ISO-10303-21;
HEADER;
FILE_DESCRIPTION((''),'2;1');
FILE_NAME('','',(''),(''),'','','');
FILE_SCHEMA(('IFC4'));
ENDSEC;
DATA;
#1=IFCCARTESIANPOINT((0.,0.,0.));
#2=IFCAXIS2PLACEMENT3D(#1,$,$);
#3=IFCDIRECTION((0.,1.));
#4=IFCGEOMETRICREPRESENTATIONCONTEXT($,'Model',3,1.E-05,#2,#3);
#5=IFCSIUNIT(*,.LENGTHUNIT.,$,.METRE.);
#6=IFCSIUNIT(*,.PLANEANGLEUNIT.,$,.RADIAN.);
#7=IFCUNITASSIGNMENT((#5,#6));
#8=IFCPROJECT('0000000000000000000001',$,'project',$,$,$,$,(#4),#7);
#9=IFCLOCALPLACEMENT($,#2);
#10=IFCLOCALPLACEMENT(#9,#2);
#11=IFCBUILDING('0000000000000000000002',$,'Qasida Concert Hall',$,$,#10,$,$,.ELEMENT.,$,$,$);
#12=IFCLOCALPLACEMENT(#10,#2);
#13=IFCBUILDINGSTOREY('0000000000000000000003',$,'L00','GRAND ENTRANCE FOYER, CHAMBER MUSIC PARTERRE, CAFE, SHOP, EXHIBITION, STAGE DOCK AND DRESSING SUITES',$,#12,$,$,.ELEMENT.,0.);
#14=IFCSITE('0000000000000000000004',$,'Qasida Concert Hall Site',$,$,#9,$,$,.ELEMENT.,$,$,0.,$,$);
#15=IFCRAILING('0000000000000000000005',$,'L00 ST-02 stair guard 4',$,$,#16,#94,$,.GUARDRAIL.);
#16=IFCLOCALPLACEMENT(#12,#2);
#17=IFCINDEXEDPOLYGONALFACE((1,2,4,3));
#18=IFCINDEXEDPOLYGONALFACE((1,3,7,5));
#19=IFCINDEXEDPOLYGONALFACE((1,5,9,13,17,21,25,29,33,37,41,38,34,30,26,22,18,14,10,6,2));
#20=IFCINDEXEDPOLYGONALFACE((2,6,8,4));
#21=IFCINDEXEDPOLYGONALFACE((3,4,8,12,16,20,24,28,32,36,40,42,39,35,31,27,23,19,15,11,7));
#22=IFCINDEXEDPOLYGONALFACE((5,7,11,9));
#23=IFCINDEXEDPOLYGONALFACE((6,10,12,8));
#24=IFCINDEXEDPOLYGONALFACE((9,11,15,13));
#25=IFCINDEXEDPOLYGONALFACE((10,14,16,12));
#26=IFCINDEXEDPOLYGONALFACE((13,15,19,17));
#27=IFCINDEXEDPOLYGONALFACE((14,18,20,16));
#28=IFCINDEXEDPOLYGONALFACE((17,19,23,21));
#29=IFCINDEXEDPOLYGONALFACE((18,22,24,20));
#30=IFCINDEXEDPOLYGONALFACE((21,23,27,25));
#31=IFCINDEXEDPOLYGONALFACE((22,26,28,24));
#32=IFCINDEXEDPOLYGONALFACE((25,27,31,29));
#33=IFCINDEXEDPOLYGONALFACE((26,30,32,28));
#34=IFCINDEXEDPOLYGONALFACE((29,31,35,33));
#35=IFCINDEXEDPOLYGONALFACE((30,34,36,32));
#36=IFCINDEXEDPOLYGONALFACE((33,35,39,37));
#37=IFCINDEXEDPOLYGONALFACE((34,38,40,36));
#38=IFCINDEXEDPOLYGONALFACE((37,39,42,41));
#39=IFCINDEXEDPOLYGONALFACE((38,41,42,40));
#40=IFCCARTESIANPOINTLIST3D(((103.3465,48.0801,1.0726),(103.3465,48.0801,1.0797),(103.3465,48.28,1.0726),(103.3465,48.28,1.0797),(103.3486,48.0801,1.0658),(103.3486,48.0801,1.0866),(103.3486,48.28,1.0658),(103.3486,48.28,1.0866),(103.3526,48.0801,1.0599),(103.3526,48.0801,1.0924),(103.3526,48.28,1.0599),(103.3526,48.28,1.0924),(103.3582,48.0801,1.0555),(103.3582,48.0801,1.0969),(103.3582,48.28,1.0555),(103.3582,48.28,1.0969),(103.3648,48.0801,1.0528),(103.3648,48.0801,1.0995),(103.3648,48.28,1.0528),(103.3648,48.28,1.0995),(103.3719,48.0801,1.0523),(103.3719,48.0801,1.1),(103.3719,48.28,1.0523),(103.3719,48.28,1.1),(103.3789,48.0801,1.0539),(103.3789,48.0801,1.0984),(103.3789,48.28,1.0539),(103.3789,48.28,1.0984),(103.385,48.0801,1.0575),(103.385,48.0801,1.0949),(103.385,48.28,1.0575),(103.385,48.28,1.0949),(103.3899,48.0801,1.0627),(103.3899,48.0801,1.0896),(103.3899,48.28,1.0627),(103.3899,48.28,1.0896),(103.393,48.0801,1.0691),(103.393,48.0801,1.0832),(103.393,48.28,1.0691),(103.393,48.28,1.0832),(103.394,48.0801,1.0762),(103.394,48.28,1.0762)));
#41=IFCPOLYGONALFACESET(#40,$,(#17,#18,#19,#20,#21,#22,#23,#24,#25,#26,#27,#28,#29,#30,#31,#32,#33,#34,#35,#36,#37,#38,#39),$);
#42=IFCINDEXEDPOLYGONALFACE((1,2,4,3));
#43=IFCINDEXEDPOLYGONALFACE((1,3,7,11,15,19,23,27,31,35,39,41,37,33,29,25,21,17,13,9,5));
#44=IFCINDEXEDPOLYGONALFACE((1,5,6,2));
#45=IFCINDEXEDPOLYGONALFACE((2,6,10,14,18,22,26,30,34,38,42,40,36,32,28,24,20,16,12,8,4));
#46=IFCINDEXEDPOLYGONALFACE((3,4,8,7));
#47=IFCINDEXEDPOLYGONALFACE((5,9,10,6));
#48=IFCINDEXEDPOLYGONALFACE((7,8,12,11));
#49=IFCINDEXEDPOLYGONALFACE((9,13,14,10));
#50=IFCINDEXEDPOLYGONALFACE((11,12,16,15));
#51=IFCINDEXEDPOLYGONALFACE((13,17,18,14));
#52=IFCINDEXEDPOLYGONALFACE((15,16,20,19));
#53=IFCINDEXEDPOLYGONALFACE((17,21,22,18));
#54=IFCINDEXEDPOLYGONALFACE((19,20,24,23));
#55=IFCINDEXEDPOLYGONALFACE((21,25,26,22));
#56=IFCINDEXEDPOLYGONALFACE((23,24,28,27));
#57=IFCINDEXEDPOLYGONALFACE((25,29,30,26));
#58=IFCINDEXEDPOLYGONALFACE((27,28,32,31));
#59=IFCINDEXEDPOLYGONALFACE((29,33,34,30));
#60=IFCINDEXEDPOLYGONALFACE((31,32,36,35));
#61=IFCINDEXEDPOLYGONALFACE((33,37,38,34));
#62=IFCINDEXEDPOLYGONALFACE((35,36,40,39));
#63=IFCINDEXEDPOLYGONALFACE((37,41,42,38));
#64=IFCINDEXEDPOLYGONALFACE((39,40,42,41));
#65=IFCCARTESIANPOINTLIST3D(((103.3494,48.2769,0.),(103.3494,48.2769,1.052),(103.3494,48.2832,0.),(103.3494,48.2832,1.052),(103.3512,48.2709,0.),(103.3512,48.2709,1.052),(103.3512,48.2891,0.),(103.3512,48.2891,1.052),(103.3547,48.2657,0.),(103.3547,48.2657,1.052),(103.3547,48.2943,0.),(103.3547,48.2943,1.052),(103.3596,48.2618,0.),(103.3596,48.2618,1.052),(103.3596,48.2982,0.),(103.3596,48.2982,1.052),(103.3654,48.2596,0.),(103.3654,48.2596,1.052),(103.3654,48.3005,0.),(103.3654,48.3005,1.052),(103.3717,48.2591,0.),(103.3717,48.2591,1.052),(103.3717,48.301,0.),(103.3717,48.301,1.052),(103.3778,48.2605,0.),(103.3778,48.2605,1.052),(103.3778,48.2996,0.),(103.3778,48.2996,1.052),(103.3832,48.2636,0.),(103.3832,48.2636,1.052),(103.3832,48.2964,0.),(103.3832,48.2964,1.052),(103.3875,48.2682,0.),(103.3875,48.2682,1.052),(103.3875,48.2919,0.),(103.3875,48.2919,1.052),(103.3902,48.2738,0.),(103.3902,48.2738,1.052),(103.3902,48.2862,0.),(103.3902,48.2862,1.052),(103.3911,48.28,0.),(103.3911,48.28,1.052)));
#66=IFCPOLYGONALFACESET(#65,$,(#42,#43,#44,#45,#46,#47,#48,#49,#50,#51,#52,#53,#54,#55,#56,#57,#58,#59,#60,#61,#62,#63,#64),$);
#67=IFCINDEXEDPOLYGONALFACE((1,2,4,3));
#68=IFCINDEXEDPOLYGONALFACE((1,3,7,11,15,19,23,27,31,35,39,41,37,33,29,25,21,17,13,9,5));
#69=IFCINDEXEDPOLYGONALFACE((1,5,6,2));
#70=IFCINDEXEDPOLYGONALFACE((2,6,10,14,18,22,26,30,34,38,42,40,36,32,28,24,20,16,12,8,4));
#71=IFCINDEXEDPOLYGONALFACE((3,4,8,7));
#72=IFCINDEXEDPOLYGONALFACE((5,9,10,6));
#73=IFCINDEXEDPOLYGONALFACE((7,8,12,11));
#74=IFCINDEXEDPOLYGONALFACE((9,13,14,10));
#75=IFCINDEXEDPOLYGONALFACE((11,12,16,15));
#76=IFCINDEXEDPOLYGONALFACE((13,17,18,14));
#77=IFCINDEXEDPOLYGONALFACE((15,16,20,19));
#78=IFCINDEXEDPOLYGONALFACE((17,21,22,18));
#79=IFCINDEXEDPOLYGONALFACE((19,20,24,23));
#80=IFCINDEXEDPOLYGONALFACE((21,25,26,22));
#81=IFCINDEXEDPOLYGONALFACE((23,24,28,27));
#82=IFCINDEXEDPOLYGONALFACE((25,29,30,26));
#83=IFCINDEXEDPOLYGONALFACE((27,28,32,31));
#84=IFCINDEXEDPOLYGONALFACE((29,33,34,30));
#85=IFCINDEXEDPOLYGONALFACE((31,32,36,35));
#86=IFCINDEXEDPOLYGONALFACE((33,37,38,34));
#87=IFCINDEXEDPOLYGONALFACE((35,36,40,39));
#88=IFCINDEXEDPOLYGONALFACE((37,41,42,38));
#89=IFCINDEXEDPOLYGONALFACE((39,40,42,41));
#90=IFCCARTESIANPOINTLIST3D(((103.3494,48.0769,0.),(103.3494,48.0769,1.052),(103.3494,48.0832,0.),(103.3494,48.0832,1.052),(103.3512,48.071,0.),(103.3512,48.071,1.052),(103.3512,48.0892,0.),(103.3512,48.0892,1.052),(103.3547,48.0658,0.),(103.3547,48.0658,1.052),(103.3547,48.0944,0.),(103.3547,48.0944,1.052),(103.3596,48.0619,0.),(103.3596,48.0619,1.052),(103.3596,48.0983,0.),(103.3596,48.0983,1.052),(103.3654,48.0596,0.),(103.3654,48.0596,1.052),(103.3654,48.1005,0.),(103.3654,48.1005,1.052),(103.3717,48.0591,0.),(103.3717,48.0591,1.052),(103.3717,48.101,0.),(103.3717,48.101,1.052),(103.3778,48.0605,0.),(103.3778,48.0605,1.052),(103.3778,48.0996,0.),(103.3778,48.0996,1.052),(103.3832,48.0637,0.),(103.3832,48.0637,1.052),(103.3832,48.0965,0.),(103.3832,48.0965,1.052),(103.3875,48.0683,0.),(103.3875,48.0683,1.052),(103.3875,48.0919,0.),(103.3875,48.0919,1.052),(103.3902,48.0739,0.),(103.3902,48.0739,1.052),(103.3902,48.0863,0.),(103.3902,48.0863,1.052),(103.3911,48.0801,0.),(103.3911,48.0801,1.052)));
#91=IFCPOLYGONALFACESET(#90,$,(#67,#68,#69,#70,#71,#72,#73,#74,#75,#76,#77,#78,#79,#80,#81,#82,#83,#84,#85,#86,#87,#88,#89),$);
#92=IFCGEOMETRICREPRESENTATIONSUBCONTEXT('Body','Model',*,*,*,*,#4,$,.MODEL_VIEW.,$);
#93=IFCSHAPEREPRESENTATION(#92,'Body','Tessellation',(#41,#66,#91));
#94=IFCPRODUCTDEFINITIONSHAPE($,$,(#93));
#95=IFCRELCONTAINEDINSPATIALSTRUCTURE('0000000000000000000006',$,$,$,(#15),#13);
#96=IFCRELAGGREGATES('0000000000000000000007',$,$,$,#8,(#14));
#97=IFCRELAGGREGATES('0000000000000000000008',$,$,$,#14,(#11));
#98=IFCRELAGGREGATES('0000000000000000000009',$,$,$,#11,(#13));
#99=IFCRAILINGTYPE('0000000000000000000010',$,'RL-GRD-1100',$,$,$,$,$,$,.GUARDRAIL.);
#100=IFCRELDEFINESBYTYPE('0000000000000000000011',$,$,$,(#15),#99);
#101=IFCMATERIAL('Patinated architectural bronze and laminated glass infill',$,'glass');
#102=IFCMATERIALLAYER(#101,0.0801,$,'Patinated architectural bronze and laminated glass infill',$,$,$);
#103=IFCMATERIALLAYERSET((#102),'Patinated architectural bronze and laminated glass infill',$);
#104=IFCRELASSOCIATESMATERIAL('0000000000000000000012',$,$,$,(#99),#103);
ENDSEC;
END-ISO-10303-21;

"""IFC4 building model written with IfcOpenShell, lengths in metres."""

from ifc_helpers import new_model, si_unit, direction, frame, origin, origin_2d, place, context, subcontext, project, spatial, circle, extrude, material, layer, layer_set, type_object, element, save


model = new_model("IFC4")

# Units and contexts
model_context = context("Model", 3, precision=1e-05, world=origin(), true_north=direction((0.0, 1.0)))
body_context = subcontext(model_context, "Body", "Model", "MODEL_VIEW")
ifc_project = project(units=[si_unit("LENGTHUNIT", "METRE"), si_unit("PLANEANGLEUNIT", "RADIAN")], contexts=[model_context])

# Site, building, storey
site_placement = place(None, origin())
site = spatial("IfcSite", under=ifc_project, at=site_placement, Name="Qasida Concert Hall Site", CompositionType="ELEMENT", RefElevation=0.0)
building_placement = place(site_placement, origin())
building = spatial("IfcBuilding", under=site, at=building_placement, Name="Qasida Concert Hall", CompositionType="ELEMENT")
storey_placement = place(building_placement, origin())
storey = spatial("IfcBuildingStorey", under=building, at=storey_placement, Name="L00", Description="GRAND ENTRANCE FOYER, CHAMBER MUSIC PARTERRE, CAFE, SHOP, EXHIBITION, STAGE DOCK AND DRESSING SUITES", CompositionType="ELEMENT", Elevation=0.0)

# Railing
ifc_material_1 = material(Name="Patinated architectural bronze and laminated glass infill", Category="glass")
ifc_layer_1 = layer(ifc_material_1, 0.0801, Name="Patinated architectural bronze and laminated glass infill")
ifc_layer_set_1 = layer_set([ifc_layer_1], Name="Patinated architectural bronze and laminated glass infill")
railing_type_1 = type_object("IfcRailingType", Name="RL-GRD-1100", PredefinedType="GUARDRAIL", material=ifc_layer_set_1)
railing_1_placement = place(storey_placement, frame((103.3701, 48.28, 0.0)))
element("IfcRailing", 1, at=railing_1_placement, inside=storey, type_object=railing_type_1, Name="L00 ST-02 stair guard 4", PredefinedType="GUARDRAIL", context=body_context, shape_type="SweptSolid", body=[
    extrude(circle(Radius=0.0239, at=origin_2d()), frame((0.0, 0.0, 1.0762), z_axis=(0.0, -1.0, 0.0), x_axis=(1.0, 0.0, 0.0)), (0.0, 0.0, 1.0), 0.2),
    extrude(circle(Radius=0.021, at=origin_2d()), origin(), (0.0, 0.0, 1.0), 1.052),
    extrude(circle(Radius=0.021, at=origin_2d()), frame((0.0, -0.2, 0.0)), (0.0, 0.0, 1.0), 1.052),
])

save(model, "model.ifc")
